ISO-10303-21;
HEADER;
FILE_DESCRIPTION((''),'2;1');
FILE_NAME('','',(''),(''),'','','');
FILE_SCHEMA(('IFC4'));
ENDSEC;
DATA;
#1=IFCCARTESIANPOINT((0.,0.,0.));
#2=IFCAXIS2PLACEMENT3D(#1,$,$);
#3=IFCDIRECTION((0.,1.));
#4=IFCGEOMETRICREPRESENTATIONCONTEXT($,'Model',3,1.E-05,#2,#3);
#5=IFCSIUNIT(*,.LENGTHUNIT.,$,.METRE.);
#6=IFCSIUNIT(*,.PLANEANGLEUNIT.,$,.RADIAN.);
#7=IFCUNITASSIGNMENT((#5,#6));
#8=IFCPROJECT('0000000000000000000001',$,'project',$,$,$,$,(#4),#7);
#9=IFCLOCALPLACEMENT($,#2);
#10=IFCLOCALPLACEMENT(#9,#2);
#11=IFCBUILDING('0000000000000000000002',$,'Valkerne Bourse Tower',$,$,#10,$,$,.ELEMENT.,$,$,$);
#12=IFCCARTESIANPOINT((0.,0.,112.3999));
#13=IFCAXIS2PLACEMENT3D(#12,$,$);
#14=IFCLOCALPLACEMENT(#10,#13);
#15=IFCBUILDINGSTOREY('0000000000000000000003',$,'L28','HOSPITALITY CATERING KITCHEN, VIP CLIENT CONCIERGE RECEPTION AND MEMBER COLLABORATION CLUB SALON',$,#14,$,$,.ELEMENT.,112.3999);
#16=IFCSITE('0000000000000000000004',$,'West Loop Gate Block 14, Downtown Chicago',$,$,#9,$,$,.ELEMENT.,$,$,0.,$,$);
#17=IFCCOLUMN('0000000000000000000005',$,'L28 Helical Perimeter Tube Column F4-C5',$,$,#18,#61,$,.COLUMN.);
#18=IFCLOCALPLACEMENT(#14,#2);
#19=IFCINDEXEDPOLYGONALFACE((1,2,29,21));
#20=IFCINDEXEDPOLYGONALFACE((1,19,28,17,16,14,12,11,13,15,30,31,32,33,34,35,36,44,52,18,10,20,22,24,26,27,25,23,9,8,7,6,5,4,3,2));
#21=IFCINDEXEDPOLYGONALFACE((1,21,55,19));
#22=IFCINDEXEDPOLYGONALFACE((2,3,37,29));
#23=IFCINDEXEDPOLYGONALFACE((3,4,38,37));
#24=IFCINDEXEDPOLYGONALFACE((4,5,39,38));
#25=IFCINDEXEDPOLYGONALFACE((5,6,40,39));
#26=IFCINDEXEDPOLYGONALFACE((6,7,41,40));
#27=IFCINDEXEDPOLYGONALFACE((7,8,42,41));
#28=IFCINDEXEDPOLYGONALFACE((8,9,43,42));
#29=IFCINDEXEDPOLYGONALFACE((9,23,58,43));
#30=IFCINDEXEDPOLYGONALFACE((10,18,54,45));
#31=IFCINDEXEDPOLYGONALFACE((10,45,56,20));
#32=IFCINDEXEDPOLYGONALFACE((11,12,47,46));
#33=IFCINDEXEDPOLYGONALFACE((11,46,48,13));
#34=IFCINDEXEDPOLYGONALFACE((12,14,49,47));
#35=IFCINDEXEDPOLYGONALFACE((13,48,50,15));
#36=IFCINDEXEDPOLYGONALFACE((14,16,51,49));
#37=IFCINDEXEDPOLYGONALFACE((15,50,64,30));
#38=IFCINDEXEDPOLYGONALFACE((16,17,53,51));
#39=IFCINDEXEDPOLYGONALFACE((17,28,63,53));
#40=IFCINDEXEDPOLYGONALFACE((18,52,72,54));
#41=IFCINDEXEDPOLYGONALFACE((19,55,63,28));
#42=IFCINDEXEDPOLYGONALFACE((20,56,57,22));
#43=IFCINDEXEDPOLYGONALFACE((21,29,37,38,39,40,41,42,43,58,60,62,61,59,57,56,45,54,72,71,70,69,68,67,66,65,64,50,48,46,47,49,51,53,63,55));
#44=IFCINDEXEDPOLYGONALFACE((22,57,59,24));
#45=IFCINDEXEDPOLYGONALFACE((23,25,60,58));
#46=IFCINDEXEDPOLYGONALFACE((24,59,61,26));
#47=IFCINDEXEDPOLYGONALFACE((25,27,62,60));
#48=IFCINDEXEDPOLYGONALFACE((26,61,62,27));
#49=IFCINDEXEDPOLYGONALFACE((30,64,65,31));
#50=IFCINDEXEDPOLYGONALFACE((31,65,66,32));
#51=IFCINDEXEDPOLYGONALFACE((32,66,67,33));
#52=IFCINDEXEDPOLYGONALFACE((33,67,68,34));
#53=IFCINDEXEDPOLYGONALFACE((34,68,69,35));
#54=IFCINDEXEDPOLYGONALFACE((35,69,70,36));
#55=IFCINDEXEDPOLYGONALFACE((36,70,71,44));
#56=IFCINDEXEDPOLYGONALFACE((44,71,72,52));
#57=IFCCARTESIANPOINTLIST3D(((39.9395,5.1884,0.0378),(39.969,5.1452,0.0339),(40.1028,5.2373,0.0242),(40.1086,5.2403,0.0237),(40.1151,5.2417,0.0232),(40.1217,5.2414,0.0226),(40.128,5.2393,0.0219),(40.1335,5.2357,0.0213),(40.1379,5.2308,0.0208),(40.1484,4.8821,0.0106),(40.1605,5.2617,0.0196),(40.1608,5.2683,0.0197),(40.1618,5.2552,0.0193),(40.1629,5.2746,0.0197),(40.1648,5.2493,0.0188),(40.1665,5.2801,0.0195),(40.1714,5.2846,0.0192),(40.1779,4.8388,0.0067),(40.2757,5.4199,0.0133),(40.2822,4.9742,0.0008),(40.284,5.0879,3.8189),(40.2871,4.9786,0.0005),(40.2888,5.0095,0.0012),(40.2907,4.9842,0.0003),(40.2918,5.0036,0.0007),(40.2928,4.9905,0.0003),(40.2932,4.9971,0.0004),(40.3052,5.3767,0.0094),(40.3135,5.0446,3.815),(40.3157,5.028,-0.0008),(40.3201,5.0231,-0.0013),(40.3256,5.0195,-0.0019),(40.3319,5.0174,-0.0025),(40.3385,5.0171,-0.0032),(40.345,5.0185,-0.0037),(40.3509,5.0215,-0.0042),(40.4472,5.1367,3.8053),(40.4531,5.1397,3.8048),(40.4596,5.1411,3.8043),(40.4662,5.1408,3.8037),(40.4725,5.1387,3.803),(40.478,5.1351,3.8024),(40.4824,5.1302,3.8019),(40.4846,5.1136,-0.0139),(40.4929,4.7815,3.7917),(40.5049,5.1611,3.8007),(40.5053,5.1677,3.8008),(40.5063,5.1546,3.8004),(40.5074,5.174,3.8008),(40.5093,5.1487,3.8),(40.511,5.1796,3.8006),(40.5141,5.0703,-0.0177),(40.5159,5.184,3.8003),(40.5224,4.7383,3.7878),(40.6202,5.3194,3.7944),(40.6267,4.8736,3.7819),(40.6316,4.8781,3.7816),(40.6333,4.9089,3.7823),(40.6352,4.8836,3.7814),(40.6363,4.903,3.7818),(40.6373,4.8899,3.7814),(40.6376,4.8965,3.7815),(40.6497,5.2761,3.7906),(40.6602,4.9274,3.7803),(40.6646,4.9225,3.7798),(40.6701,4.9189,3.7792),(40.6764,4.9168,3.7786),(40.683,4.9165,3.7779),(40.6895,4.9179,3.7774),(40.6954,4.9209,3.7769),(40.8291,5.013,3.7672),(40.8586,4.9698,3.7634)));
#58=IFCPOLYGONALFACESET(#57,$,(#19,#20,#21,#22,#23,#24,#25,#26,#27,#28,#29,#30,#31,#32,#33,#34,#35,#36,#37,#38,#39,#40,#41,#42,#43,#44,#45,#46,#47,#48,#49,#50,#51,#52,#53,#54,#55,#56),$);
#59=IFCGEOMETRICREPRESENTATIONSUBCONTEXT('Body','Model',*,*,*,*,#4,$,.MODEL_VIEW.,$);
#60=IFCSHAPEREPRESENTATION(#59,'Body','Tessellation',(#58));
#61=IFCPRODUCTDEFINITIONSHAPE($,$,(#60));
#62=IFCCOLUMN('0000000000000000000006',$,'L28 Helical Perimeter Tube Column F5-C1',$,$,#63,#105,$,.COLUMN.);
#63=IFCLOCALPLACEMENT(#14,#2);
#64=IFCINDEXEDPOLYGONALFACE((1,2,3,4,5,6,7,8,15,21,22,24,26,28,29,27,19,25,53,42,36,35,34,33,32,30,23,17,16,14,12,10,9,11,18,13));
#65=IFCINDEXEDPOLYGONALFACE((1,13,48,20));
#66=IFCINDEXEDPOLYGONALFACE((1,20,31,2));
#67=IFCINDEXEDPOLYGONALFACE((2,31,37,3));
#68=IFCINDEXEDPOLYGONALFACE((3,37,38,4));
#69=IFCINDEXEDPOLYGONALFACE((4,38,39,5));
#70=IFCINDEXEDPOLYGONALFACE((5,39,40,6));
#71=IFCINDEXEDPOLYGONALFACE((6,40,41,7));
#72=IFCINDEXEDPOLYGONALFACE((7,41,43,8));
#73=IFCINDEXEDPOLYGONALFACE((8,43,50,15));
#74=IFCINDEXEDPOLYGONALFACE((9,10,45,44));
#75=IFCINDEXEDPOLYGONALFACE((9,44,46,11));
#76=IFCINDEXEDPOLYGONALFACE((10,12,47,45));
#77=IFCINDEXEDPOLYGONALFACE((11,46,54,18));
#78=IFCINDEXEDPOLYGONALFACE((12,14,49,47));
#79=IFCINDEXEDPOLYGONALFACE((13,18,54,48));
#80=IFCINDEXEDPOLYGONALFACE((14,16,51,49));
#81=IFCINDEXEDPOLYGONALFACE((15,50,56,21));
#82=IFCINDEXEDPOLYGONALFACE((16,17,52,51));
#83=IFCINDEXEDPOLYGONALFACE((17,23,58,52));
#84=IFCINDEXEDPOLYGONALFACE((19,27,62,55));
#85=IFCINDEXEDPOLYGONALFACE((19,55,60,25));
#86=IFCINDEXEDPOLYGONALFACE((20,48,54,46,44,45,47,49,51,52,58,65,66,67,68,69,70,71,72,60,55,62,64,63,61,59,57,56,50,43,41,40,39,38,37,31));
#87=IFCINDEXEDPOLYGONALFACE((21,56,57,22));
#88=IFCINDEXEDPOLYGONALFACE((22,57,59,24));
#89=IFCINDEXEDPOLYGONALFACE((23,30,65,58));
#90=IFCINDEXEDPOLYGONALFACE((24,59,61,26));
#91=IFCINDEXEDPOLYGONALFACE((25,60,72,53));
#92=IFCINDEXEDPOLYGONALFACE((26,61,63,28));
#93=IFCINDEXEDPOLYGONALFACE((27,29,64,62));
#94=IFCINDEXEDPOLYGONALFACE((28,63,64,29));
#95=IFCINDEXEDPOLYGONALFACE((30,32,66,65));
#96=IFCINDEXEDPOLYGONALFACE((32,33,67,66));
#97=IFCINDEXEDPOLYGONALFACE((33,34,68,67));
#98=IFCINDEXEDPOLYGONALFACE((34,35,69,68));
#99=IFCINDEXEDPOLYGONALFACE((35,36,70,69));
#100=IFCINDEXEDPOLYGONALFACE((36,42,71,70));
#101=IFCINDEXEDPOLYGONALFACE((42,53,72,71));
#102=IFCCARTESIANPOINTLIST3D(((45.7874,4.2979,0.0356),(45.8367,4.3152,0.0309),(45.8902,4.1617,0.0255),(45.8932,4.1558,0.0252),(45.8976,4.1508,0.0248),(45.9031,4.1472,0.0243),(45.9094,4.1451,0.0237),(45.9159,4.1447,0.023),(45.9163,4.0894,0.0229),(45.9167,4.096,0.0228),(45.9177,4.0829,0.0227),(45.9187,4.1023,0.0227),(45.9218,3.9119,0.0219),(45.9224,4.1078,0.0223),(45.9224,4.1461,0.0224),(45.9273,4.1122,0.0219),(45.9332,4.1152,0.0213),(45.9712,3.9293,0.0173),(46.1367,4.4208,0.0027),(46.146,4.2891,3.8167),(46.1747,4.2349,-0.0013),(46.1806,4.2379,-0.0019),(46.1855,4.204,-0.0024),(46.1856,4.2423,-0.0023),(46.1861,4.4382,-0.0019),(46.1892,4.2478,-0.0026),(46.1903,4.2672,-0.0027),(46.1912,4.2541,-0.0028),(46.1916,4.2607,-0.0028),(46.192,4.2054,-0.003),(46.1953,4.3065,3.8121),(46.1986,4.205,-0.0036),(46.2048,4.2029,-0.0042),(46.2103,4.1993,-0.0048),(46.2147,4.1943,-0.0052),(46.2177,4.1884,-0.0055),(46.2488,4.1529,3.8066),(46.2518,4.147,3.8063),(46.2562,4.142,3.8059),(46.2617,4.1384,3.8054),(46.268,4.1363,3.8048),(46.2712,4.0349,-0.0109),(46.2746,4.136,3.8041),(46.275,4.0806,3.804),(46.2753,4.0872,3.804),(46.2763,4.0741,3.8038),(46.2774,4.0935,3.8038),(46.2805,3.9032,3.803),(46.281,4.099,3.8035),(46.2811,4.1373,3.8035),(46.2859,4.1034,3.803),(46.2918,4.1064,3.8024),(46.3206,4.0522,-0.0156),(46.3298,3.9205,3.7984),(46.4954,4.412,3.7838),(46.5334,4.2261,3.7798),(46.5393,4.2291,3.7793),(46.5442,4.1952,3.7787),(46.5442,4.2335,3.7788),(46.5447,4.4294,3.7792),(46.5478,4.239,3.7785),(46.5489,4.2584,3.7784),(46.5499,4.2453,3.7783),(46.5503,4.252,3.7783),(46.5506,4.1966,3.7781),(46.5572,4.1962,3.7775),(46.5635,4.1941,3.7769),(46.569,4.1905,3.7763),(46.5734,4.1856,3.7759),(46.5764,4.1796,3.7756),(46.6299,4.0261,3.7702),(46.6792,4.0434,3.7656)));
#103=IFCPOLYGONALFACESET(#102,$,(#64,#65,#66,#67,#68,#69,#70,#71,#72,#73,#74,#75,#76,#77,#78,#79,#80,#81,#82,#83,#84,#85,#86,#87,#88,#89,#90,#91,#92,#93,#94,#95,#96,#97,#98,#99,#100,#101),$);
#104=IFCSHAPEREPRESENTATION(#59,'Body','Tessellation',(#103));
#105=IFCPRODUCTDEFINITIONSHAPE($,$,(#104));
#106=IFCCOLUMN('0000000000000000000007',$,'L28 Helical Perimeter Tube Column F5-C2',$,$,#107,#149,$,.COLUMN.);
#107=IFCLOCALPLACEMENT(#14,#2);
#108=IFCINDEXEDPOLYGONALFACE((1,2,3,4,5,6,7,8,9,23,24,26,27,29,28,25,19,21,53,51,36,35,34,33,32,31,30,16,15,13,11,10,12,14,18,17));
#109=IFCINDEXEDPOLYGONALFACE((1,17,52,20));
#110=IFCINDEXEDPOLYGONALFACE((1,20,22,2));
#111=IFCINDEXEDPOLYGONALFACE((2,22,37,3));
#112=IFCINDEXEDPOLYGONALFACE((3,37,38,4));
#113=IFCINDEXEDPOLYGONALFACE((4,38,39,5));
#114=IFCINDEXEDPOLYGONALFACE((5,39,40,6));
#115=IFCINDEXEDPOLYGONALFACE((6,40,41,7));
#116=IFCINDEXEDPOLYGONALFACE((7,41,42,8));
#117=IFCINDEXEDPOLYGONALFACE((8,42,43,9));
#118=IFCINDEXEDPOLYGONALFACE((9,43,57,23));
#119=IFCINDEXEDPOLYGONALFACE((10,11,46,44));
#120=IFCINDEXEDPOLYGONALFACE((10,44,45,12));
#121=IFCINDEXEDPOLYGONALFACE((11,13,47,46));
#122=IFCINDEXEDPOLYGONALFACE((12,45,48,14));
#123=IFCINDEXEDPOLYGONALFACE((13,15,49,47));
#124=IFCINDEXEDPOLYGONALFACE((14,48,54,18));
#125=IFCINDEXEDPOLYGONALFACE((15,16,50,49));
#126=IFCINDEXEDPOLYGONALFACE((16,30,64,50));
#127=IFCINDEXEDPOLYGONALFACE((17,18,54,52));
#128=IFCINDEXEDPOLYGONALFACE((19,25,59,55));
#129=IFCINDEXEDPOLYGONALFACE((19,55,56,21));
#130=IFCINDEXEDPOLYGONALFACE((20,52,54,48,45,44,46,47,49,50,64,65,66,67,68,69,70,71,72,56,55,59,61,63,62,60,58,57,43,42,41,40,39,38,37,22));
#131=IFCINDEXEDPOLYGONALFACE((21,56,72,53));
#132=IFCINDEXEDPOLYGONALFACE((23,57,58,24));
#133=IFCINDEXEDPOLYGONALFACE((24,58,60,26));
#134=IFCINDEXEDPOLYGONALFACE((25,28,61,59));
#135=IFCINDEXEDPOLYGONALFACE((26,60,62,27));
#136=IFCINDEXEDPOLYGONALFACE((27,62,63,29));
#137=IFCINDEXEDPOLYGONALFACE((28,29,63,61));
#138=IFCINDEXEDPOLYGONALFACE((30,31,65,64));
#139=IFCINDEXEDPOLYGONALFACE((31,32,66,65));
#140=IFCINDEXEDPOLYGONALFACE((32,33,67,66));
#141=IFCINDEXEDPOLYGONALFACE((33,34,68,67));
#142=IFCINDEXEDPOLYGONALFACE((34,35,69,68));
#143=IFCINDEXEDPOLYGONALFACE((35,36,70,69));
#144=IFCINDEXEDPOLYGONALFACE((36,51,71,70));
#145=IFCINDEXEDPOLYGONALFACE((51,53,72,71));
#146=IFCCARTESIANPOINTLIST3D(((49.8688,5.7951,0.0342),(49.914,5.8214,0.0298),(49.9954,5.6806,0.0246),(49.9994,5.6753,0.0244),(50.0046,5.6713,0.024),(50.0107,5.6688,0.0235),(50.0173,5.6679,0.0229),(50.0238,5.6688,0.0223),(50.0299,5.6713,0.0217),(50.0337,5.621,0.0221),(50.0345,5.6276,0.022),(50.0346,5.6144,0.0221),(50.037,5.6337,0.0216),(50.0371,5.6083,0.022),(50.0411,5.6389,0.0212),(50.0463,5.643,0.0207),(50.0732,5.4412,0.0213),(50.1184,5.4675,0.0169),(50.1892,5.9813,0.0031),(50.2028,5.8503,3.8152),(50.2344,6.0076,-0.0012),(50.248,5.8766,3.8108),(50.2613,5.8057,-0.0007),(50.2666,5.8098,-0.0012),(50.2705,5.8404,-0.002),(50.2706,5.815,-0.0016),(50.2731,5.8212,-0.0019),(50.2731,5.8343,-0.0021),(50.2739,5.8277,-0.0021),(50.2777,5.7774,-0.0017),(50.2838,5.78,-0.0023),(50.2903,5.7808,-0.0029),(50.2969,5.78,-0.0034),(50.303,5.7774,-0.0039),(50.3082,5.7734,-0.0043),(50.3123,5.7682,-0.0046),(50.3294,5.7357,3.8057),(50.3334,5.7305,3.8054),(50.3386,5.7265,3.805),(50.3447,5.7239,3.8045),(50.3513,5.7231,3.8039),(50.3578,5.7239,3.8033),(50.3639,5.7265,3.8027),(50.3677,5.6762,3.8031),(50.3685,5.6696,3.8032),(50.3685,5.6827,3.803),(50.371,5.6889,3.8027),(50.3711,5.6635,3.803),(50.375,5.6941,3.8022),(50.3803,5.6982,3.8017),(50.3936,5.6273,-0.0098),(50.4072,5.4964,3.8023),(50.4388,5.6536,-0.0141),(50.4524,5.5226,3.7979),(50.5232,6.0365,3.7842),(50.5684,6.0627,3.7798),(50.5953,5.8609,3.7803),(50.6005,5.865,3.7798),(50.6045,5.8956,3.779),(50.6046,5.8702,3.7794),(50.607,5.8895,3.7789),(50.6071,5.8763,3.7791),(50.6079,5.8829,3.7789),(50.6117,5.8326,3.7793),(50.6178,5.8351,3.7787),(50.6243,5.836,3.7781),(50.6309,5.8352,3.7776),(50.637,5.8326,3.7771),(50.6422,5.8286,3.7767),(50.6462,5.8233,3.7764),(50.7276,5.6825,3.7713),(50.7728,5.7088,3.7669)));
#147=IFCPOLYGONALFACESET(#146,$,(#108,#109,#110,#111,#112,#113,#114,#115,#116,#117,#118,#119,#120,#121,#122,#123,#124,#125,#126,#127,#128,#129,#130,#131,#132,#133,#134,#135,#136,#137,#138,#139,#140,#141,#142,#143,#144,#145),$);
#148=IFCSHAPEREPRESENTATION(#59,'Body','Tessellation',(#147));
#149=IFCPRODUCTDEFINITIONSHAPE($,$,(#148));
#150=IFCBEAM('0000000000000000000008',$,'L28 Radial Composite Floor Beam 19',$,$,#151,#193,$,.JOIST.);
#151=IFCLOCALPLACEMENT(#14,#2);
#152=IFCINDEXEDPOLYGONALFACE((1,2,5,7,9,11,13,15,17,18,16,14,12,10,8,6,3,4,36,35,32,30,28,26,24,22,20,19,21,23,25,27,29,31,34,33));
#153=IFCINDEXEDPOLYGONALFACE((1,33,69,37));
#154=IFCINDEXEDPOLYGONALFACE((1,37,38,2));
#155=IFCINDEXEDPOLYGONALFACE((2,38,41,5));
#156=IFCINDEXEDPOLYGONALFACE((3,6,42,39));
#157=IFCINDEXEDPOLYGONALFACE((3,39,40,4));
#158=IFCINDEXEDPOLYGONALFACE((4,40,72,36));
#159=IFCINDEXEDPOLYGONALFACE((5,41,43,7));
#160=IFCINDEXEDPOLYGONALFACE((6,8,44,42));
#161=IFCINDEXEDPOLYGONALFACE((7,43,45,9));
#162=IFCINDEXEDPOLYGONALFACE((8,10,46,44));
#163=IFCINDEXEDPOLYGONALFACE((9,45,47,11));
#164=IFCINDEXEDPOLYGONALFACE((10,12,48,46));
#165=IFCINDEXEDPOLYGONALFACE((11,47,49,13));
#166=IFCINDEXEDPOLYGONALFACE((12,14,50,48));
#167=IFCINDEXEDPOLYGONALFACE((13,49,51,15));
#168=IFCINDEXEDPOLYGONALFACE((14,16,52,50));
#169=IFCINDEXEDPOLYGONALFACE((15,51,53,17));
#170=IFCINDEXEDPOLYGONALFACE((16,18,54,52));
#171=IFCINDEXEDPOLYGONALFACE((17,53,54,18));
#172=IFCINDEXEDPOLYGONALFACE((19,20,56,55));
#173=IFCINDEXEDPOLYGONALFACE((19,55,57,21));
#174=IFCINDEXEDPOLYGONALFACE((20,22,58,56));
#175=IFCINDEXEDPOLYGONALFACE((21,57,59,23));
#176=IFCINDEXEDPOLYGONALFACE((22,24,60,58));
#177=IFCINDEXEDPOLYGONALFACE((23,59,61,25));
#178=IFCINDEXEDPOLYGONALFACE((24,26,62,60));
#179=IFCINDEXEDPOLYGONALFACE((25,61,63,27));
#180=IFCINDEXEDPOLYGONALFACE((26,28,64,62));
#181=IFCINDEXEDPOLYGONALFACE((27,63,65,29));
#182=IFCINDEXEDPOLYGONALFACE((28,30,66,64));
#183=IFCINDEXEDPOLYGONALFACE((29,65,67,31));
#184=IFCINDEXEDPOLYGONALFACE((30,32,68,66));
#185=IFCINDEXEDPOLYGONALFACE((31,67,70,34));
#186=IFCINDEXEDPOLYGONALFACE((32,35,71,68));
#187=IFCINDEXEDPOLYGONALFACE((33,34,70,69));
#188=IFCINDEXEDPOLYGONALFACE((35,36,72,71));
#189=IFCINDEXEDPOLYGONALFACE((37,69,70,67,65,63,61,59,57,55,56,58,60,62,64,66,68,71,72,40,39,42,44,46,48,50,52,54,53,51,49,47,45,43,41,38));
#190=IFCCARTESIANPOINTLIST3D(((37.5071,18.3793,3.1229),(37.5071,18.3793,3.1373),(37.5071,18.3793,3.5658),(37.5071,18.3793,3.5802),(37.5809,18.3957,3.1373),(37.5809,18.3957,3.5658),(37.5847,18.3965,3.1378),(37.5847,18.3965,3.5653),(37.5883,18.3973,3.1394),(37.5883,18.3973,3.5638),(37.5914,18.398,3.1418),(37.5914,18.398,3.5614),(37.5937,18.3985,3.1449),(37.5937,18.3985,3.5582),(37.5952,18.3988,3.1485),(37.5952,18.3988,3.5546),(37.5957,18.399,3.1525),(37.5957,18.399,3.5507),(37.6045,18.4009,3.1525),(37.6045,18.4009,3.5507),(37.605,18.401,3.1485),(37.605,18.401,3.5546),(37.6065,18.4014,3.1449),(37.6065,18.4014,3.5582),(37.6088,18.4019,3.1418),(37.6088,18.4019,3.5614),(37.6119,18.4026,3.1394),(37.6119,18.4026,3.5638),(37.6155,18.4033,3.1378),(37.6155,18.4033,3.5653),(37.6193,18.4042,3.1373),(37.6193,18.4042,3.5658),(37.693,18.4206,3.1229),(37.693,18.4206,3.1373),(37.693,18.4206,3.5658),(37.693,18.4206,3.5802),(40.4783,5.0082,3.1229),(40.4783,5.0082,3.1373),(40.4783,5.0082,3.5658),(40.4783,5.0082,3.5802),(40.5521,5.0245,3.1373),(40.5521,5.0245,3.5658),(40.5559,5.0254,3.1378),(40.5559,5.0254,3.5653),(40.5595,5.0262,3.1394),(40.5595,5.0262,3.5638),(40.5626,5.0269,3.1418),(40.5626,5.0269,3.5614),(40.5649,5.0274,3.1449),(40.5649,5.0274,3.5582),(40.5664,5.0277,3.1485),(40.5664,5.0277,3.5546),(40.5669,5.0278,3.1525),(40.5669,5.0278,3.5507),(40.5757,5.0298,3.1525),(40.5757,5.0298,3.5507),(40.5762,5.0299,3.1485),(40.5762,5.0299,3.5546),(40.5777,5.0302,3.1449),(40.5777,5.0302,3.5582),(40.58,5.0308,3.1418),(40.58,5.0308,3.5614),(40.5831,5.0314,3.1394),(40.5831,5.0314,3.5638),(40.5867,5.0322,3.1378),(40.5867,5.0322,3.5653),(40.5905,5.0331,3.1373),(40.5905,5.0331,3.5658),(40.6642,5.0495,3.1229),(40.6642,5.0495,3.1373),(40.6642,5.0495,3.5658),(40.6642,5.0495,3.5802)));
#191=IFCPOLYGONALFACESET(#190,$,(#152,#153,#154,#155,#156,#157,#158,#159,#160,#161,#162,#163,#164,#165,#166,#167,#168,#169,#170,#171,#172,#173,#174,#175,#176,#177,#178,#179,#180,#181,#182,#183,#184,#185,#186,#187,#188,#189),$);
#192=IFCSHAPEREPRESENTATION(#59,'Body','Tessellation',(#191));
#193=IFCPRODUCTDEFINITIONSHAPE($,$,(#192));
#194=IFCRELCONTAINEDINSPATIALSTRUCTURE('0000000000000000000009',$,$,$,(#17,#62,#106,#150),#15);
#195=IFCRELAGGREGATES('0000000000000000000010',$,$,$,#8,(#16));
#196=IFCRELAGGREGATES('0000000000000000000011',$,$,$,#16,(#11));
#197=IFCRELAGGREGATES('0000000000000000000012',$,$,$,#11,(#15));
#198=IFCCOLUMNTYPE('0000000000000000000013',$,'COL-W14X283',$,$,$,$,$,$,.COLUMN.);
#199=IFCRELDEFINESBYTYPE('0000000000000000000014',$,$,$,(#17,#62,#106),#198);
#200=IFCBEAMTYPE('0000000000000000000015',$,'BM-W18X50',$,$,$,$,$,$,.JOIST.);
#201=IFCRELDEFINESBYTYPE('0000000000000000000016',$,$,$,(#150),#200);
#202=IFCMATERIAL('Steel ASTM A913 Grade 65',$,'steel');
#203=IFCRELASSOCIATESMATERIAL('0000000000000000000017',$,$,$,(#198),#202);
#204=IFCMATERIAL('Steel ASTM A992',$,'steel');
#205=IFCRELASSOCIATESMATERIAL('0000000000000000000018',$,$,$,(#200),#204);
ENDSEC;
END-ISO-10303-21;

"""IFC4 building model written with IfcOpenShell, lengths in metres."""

from ifc_helpers import new_model, si_unit, direction, frame, origin, origin_2d, place, context, subcontext, project, spatial, i_section, extrude, material, material_profile, profile_set, type_object, element, save


model = new_model("IFC4")

# Units and contexts
model_context = context("Model", 3, precision=1e-05, world=origin(), true_north=direction((0.0, 1.0)))
body_context = subcontext(model_context, "Body", "Model", "MODEL_VIEW")
ifc_project = project(units=[si_unit("LENGTHUNIT", "METRE"), si_unit("PLANEANGLEUNIT", "RADIAN")], contexts=[model_context])

# Site, building, storey
site_placement = place(None, origin())
site = spatial("IfcSite", under=ifc_project, at=site_placement, Name="West Loop Gate Block 14, Downtown Chicago", CompositionType="ELEMENT", RefElevation=0.0)
building_placement = place(site_placement, origin())
building = spatial("IfcBuilding", under=site, at=building_placement, Name="Valkerne Bourse Tower", CompositionType="ELEMENT")
storey_placement = place(building_placement, frame((0.0, 0.0, 112.3999)))
storey = spatial("IfcBuildingStorey", under=building, at=storey_placement, Name="L28", Description="HOSPITALITY CATERING KITCHEN, VIP CLIENT CONCIERGE RECEPTION AND MEMBER COLLABORATION CLUB SALON", CompositionType="ELEMENT", Elevation=112.3999)

# Columns
ifc_material_1 = material(Name="Steel ASTM A913 Grade 65", Category="steel")
ifc_material_profile_1 = material_profile(ifc_material_1, i_section(OverallWidth=0.4089, OverallDepth=0.4243, WebThickness=0.0327, FlangeThickness=0.0525, FilletRadius=0.0254, at=origin_2d()), Name="W14X283")
ifc_profile_set_1 = profile_set([ifc_material_profile_1], Name="Steel ASTM A913 Grade 65")
column_type = type_object("IfcColumnType", Name="COL-W14X283", PredefinedType="COLUMN", material=ifc_profile_set_1)
for number, where, z_axis, x_axis, name in (
    (1, (40.2268, 5.1294, 0.01), (0.090701, -0.026484, 0.995526), (0.82217, 0.566087, -0.059847), "L28 Helical Perimeter Tube Column F4-C5"),
    (2, (46.054, 4.175, 0.01), (0.09443, -0.002314, 0.995529), (-0.328871, 0.943784, 0.033389), "L28 Helical Perimeter Tube Column F5-C1"),
):
    element("IfcColumn", number, at=place(storey_placement, frame(where, z_axis=z_axis, x_axis=x_axis)), inside=storey, type_object=column_type, Name=name, PredefinedType="COLUMN", context=body_context, shape_type="SweptSolid", body=[
        extrude(i_section(OverallWidth=0.4089, OverallDepth=0.4243, WebThickness=0.0327, FlangeThickness=0.0525, FilletRadius=0.0254, at=origin_2d()), origin(), (0.0, 0.0, 1.0), 3.7981),
    ])
column_placement = place(storey_placement, frame((50.1538, 5.7244, 0.01), z_axis=(0.08798, 0.014535, 0.996016), x_axis=(-0.499831, 0.865549, 0.03152)))
element("IfcColumn", 3, at=column_placement, inside=storey, type_object=column_type, Name="L28 Helical Perimeter Tube Column F5-C2", PredefinedType="COLUMN", context=body_context, shape_type="SweptSolid", body=[
    extrude(i_section(OverallWidth=0.4089, OverallDepth=0.4243, WebThickness=0.0327, FlangeThickness=0.0525, FilletRadius=0.0254, at=origin_2d()), origin(), (0.0, 0.0, 1.0), 3.7961),
])

# Beam
ifc_material_2 = material(Name="Steel ASTM A992", Category="steel")
ifc_material_profile_2 = material_profile(ifc_material_2, i_section(OverallWidth=0.1904, OverallDepth=0.4573, WebThickness=0.009, FlangeThickness=0.0144, FilletRadius=0.0151, at=origin_2d()), Name="W18X50")
ifc_profile_set_2 = profile_set([ifc_material_profile_2], Name="Steel ASTM A992")
beam_type_1 = type_object("IfcBeamType", Name="BM-W18X50", PredefinedType="JOIST", material=ifc_profile_set_2)
beam_1_placement = place(storey_placement, frame((40.5713, 5.0288, 3.3516), z_axis=(-0.216919, 0.97619, 0.0), x_axis=(-0.97619, -0.216919, 0.0)))
element("IfcBeam", 4, at=beam_1_placement, inside=storey, type_object=beam_type_1, Name="L28 Radial Composite Floor Beam 19", PredefinedType="JOIST", context=body_context, shape_type="SweptSolid", body=[
    extrude(i_section(OverallWidth=0.1904, OverallDepth=0.4573, WebThickness=0.009, FlangeThickness=0.0144, FilletRadius=0.0151, at=origin_2d()), origin(), (0.0, 0.0, 1.0), 13.6973),
])

save(model, "model.ifc")
